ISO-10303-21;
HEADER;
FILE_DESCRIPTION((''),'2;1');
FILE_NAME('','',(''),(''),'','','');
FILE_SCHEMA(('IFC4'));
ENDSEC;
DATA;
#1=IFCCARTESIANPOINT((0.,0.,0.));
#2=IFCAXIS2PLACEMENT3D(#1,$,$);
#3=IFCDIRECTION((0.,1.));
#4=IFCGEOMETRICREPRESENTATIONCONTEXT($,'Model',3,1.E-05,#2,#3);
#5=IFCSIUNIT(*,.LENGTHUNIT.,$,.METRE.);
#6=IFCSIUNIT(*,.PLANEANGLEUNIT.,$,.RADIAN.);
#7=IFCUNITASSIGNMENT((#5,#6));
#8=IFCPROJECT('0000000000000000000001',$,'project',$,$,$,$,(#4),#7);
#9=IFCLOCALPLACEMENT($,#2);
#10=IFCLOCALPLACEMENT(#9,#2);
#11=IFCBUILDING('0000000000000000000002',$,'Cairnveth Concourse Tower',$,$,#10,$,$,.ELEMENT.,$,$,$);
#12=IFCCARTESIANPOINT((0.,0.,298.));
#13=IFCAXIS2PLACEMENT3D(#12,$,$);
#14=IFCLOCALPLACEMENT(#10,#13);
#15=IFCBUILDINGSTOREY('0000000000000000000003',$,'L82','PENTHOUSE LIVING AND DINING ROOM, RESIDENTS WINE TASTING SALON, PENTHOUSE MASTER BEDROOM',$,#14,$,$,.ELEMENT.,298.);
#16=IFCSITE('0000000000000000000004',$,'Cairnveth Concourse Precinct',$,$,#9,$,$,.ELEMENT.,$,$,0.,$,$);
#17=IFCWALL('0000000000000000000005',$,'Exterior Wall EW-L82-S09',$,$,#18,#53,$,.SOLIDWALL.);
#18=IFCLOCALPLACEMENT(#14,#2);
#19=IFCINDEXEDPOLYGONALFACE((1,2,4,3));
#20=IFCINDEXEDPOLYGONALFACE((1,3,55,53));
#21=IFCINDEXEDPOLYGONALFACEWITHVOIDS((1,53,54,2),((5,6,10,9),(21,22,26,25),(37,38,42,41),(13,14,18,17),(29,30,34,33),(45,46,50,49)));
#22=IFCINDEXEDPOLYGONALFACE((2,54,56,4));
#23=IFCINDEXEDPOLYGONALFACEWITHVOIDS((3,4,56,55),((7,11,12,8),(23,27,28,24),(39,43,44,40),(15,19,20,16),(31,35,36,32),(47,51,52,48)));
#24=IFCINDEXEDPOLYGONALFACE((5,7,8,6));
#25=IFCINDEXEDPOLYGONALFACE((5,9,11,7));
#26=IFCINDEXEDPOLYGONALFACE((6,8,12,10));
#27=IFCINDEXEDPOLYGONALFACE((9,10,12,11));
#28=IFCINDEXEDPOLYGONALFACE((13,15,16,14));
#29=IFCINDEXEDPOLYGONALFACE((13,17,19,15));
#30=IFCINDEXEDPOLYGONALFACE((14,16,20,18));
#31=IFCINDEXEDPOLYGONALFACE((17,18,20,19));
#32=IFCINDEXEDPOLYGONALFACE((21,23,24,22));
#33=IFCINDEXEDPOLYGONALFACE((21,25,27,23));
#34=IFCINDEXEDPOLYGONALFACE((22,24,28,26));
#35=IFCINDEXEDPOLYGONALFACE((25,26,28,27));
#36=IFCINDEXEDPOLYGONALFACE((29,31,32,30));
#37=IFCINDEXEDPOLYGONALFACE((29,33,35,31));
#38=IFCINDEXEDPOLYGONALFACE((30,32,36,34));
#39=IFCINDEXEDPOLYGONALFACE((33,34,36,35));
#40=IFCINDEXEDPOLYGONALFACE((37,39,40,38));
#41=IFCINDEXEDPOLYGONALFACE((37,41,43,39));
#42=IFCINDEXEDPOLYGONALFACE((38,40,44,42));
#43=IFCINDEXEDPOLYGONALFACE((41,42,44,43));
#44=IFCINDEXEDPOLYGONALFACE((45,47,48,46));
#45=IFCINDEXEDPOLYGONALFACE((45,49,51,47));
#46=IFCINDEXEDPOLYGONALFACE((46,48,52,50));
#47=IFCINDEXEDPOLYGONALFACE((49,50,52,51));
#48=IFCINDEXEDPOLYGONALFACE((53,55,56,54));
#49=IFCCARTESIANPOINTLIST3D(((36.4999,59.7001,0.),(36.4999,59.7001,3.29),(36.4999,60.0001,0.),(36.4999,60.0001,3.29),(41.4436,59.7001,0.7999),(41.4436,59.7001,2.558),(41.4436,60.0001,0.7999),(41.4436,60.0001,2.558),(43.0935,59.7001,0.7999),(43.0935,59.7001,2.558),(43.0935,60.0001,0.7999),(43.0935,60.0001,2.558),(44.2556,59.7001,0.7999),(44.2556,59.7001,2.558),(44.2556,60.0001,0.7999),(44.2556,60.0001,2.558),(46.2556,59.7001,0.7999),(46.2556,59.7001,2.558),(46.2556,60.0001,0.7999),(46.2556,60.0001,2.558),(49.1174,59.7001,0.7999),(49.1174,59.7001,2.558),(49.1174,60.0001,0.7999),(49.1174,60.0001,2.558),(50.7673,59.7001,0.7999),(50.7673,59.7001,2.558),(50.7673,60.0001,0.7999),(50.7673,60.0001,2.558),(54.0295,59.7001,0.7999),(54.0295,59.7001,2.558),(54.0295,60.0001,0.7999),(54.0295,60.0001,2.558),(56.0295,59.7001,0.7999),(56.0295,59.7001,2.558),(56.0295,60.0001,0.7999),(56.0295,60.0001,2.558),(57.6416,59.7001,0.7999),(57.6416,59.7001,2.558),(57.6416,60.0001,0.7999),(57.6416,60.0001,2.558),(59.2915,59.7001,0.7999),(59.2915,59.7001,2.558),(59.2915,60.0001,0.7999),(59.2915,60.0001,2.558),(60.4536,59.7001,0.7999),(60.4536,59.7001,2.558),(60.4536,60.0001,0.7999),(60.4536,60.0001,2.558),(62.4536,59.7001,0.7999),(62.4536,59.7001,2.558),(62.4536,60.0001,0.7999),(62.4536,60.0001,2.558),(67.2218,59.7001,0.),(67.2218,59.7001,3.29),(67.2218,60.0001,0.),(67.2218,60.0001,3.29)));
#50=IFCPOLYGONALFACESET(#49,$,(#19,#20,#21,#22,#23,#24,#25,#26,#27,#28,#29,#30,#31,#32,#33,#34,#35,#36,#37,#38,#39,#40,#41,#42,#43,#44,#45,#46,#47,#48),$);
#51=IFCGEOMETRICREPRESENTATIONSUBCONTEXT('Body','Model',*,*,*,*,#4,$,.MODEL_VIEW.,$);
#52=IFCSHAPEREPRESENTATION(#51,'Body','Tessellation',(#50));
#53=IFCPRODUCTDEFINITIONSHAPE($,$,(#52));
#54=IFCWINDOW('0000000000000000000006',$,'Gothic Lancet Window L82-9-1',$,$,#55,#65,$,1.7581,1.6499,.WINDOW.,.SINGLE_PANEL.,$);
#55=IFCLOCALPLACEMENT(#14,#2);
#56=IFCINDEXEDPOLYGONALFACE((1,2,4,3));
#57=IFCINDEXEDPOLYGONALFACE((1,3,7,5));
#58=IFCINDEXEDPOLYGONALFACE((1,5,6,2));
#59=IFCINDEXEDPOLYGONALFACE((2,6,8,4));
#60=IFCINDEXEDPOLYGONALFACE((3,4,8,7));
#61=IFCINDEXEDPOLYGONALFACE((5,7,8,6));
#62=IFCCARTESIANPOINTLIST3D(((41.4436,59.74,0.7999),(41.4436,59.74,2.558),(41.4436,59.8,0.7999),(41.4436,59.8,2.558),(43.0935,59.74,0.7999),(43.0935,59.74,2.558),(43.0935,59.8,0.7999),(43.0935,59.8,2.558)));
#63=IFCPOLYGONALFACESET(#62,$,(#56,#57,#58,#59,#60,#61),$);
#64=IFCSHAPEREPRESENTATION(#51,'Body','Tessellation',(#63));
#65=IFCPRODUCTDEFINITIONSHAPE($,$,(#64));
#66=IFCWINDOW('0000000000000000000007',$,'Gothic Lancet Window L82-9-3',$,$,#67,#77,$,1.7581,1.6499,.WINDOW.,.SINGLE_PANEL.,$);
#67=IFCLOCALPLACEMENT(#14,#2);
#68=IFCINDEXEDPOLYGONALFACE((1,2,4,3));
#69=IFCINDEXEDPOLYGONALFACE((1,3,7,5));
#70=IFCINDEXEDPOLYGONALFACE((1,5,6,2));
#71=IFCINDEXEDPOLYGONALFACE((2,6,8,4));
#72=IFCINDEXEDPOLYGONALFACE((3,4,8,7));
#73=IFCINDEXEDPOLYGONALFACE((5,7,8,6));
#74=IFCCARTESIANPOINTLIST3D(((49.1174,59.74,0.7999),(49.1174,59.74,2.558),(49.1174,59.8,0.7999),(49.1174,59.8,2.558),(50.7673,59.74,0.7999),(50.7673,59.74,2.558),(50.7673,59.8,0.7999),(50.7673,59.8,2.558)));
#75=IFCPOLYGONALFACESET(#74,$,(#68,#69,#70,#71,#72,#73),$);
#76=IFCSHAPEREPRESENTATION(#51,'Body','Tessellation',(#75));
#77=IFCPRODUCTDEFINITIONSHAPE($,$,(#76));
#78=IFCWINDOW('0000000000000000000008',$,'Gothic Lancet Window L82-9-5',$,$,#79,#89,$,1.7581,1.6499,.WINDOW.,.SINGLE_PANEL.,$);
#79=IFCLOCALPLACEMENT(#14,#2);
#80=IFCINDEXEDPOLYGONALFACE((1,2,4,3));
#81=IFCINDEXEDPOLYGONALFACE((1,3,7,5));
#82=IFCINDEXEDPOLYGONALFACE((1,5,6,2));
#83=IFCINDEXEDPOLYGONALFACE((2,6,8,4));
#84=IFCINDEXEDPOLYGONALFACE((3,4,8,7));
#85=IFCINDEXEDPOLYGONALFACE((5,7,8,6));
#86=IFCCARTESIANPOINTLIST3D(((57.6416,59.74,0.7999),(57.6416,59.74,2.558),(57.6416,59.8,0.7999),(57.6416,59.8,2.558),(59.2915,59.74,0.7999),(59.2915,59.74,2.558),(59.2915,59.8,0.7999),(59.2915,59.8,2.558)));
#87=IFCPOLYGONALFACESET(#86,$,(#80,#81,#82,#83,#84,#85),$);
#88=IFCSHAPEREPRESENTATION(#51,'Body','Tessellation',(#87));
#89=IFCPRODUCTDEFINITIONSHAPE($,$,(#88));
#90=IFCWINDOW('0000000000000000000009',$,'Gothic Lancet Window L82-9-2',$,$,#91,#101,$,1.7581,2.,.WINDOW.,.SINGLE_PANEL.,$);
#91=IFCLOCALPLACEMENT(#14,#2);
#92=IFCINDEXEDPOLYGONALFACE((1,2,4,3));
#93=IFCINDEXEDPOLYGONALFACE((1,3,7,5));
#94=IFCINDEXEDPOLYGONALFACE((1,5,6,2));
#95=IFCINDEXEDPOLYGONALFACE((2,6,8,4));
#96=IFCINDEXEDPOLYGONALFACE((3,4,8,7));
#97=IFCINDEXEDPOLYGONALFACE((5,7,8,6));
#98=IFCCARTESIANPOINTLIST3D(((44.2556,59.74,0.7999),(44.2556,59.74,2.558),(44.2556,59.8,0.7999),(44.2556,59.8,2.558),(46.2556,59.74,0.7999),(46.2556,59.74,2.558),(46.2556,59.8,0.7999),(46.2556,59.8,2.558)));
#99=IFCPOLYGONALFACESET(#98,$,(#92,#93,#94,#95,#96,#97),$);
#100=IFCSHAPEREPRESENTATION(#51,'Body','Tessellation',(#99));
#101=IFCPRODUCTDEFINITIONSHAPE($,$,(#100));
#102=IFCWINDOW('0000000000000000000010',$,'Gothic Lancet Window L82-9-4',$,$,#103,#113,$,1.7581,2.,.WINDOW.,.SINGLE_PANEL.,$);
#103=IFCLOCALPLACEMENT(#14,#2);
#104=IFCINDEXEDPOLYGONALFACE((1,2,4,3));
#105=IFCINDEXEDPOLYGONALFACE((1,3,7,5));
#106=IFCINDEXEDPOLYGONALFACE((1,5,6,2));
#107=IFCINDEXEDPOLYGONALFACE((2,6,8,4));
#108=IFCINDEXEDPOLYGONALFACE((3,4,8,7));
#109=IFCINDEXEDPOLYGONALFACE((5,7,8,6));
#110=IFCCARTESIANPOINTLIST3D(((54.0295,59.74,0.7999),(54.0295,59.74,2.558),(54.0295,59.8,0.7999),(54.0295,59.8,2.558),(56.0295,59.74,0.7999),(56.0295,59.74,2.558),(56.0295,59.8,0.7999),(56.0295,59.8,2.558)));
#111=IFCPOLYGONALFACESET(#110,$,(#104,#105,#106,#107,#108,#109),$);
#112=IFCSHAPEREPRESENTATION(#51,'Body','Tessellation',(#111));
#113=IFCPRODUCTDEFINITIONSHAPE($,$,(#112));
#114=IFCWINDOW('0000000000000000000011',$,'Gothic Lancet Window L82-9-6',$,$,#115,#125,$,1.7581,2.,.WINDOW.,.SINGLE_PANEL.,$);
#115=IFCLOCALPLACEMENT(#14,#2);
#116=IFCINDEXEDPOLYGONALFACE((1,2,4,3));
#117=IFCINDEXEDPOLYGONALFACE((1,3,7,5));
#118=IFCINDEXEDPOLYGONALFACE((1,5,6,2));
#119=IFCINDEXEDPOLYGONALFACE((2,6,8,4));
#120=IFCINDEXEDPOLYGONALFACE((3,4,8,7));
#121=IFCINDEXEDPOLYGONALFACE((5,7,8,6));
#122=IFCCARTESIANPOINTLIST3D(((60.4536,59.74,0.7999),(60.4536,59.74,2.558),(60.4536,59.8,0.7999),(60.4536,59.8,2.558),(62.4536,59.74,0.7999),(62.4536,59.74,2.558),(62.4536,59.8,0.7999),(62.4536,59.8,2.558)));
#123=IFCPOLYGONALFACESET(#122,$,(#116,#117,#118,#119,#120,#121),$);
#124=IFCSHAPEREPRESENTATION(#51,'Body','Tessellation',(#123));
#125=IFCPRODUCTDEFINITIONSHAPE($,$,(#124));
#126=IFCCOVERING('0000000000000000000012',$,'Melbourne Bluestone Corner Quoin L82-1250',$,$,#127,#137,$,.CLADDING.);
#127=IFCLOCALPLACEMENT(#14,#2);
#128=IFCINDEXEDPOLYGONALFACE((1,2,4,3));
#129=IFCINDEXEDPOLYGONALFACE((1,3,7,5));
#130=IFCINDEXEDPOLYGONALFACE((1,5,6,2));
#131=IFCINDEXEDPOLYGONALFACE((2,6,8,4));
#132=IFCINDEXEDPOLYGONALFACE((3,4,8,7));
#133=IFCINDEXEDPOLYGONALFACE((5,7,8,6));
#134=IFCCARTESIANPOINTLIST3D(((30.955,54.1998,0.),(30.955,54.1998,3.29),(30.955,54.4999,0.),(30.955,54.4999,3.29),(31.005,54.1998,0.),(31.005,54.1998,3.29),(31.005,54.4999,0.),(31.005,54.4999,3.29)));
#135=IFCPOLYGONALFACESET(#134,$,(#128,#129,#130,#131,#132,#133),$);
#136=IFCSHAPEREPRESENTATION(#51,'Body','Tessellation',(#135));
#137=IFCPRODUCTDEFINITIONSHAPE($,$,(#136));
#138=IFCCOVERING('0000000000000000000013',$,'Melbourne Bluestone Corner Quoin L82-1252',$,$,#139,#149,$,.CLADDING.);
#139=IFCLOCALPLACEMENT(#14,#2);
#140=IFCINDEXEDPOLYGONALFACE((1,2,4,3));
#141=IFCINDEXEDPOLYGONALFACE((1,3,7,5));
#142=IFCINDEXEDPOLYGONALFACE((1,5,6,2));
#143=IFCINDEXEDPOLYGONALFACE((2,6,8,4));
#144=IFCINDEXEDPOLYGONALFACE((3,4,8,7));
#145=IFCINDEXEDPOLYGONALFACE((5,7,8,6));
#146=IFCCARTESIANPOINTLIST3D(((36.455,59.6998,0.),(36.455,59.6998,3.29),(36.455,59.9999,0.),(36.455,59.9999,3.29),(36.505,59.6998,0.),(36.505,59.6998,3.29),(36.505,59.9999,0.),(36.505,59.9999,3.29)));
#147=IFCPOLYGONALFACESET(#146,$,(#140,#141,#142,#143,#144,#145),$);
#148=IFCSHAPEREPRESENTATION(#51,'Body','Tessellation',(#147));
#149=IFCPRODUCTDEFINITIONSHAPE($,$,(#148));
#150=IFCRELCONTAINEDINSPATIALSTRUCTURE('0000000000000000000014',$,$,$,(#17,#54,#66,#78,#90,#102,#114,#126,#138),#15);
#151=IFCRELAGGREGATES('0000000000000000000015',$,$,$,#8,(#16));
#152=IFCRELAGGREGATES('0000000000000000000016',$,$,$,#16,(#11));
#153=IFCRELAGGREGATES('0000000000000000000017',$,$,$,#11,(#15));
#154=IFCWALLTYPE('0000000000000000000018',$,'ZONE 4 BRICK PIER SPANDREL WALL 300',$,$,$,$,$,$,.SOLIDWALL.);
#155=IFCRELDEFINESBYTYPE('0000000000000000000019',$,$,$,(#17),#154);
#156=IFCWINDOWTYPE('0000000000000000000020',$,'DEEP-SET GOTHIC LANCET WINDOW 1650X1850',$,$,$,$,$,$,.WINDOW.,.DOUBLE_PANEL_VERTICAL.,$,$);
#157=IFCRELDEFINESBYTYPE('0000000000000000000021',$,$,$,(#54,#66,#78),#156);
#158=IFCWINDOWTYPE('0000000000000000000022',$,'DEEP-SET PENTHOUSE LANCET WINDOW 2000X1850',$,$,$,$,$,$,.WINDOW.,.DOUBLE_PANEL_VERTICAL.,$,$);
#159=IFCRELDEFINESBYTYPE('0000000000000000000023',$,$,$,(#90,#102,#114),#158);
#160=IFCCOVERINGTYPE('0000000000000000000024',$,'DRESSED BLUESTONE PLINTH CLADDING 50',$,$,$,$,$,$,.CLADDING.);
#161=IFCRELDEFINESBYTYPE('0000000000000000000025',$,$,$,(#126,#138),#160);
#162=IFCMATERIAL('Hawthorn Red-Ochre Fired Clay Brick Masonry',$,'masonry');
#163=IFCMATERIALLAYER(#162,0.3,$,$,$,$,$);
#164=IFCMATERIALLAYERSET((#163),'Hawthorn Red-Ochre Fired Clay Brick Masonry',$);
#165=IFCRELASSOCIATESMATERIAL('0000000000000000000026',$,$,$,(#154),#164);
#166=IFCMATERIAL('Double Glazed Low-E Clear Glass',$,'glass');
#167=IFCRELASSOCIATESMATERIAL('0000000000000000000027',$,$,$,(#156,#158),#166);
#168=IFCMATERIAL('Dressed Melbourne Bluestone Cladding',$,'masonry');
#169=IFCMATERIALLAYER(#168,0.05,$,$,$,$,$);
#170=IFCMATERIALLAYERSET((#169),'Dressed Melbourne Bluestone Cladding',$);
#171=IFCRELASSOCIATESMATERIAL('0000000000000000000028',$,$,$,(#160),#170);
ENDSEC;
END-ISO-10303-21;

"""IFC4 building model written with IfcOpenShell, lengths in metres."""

from ifc_helpers import new_model, si_unit, direction, frame, frame_2d, origin, place, context, subcontext, project, spatial, rectangle, extrude, material, layer, layer_set, type_object, element, fill, save


model = new_model("IFC4")

# Units and contexts
model_context = context("Model", 3, precision=1e-05, world=origin(), true_north=direction((0.0, 1.0)))
body_context = subcontext(model_context, "Body", "Model", "MODEL_VIEW")
ifc_project = project(units=[si_unit("LENGTHUNIT", "METRE"), si_unit("PLANEANGLEUNIT", "RADIAN")], contexts=[model_context])

# Site, building, storey
site_placement = place(None, origin())
site = spatial("IfcSite", under=ifc_project, at=site_placement, Name="Cairnveth Concourse Precinct", CompositionType="ELEMENT", RefElevation=0.0)
building_placement = place(site_placement, origin())
building = spatial("IfcBuilding", under=site, at=building_placement, Name="Cairnveth Concourse Tower", CompositionType="ELEMENT")
storey_placement = place(building_placement, frame((0.0, 0.0, 298.0)))
storey = spatial("IfcBuildingStorey", under=building, at=storey_placement, Name="L82", Description="PENTHOUSE LIVING AND DINING ROOM, RESIDENTS WINE TASTING SALON, PENTHOUSE MASTER BEDROOM", CompositionType="ELEMENT", Elevation=298.0)

# Shared definitions
ifc_material_1 = material(Name="Hawthorn Red-Ochre Fired Clay Brick Masonry", Category="masonry")
ifc_layer_1 = layer(ifc_material_1, 0.3)
ifc_layer_set_1 = layer_set([ifc_layer_1], Name="Hawthorn Red-Ochre Fired Clay Brick Masonry")
wall_type_1 = type_object("IfcWallType", Name="ZONE 4 BRICK PIER SPANDREL WALL 300", PredefinedType="SOLIDWALL", material=ifc_layer_set_1)

# Wall, openings, windows
wall_1_placement = place(storey_placement, frame((36.5, 59.8501, 0.0), z_axis=(0.0, 0.0, 1.0), x_axis=(1.0, 0.0, 0.0)))
wall_1 = element("IfcWall", 1, at=wall_1_placement, inside=storey, type_object=wall_type_1, Name="Exterior Wall EW-L82-S09", PredefinedType="SOLIDWALL", context=body_context, shape_type="SweptSolid", body=[
    extrude(rectangle(XDim=30.7219, YDim=0.3, at=frame_2d((15.3608, 0.0))), origin(), (0.0, 0.0, 1.0), 3.29),
])
opening_1_placement = place(wall_1_placement, frame((4.9436, 0.0, 0.8)))
opening_1 = element("IfcOpeningElement", 2, at=opening_1_placement, cuts=wall_1, PredefinedType="OPENING", context=body_context, shape_type="SweptSolid", body=[
    extrude(rectangle(XDim=1.6499, YDim=1.7581, at=frame_2d((0.825, 0.8789))), frame((0.0, 0.1599, 0.0), z_axis=(0.0, -1.0, 0.0), x_axis=(1.0, 0.0, 0.0)), (0.0, 0.0, 1.0), 0.3201),
])
opening_2_placement = place(wall_1_placement, frame((7.7556, 0.0, 0.8)))
opening_2 = element("IfcOpeningElement", 3, at=opening_2_placement, cuts=wall_1, PredefinedType="OPENING", context=body_context, shape_type="SweptSolid", body=[
    extrude(rectangle(XDim=2.0, YDim=1.7581, at=frame_2d((1.0, 0.8789))), frame((0.0, 0.1599, 0.0), z_axis=(0.0, -1.0, 0.0), x_axis=(1.0, 0.0, 0.0)), (0.0, 0.0, 1.0), 0.3201),
])
opening_3_placement = place(wall_1_placement, frame((12.6174, 0.0, 0.8)))
opening_3 = element("IfcOpeningElement", 4, at=opening_3_placement, cuts=wall_1, PredefinedType="OPENING", context=body_context, shape_type="SweptSolid", body=[
    extrude(rectangle(XDim=1.6499, YDim=1.7581, at=frame_2d((0.825, 0.8789))), frame((0.0, 0.1599, 0.0), z_axis=(0.0, -1.0, 0.0), x_axis=(1.0, 0.0, 0.0)), (0.0, 0.0, 1.0), 0.3201),
])
opening_4_placement = place(wall_1_placement, frame((17.5295, 0.0, 0.8)))
opening_4 = element("IfcOpeningElement", 5, at=opening_4_placement, cuts=wall_1, PredefinedType="OPENING", context=body_context, shape_type="SweptSolid", body=[
    extrude(rectangle(XDim=2.0, YDim=1.7581, at=frame_2d((1.0, 0.8789))), frame((0.0, 0.1599, 0.0), z_axis=(0.0, -1.0, 0.0), x_axis=(1.0, 0.0, 0.0)), (0.0, 0.0, 1.0), 0.3201),
])
opening_5_placement = place(wall_1_placement, frame((21.1416, 0.0, 0.8)))
opening_5 = element("IfcOpeningElement", 6, at=opening_5_placement, cuts=wall_1, PredefinedType="OPENING", context=body_context, shape_type="SweptSolid", body=[
    extrude(rectangle(XDim=1.6499, YDim=1.7581, at=frame_2d((0.825, 0.8789))), frame((0.0, 0.1599, 0.0), z_axis=(0.0, -1.0, 0.0), x_axis=(1.0, 0.0, 0.0)), (0.0, 0.0, 1.0), 0.3201),
])
opening_6_placement = place(wall_1_placement, frame((23.9536, 0.0, 0.8)))
opening_6 = element("IfcOpeningElement", 7, at=opening_6_placement, cuts=wall_1, PredefinedType="OPENING", context=body_context, shape_type="SweptSolid", body=[
    extrude(rectangle(XDim=2.0, YDim=1.7581, at=frame_2d((1.0, 0.8789))), frame((0.0, 0.1599, 0.0), z_axis=(0.0, -1.0, 0.0), x_axis=(1.0, 0.0, 0.0)), (0.0, 0.0, 1.0), 0.3201),
])
ifc_material_2 = material(Name="Double Glazed Low-E Clear Glass", Category="glass")
window_type_1 = type_object("IfcWindowType", Name="DEEP-SET GOTHIC LANCET WINDOW 1650X1850", PartitioningType="DOUBLE_PANEL_VERTICAL", PredefinedType="WINDOW", material=ifc_material_2)
window_1_placement = place(opening_1_placement, origin())
window_1 = element("IfcWindow", 8, at=window_1_placement, inside=storey, type_object=window_type_1, Name="Gothic Lancet Window L82-9-1", OverallHeight=1.7581, OverallWidth=1.6499, PartitioningType="SINGLE_PANEL", PredefinedType="WINDOW", context=body_context, shape_type="SweptSolid", body=[
    extrude(rectangle(XDim=1.6499, YDim=1.7581, at=frame_2d((0.825, 0.8789))), frame((0.0, -0.05, 0.0), z_axis=(0.0, -1.0, 0.0), x_axis=(1.0, 0.0, 0.0)), (0.0, 0.0, 1.0), 0.0601),
])
fill(opening_1, window_1)
window_2_placement = place(opening_3_placement, origin())
window_2 = element("IfcWindow", 9, at=window_2_placement, inside=storey, type_object=window_type_1, Name="Gothic Lancet Window L82-9-3", OverallHeight=1.7581, OverallWidth=1.6499, PartitioningType="SINGLE_PANEL", PredefinedType="WINDOW", context=body_context, shape_type="SweptSolid", body=[
    extrude(rectangle(XDim=1.6499, YDim=1.7581, at=frame_2d((0.825, 0.8789))), frame((0.0, -0.05, 0.0), z_axis=(0.0, -1.0, 0.0), x_axis=(1.0, 0.0, 0.0)), (0.0, 0.0, 1.0), 0.0601),
])
fill(opening_3, window_2)
window_3_placement = place(opening_5_placement, origin())
window_3 = element("IfcWindow", 10, at=window_3_placement, inside=storey, type_object=window_type_1, Name="Gothic Lancet Window L82-9-5", OverallHeight=1.7581, OverallWidth=1.6499, PartitioningType="SINGLE_PANEL", PredefinedType="WINDOW", context=body_context, shape_type="SweptSolid", body=[
    extrude(rectangle(XDim=1.6499, YDim=1.7581, at=frame_2d((0.825, 0.8789))), frame((0.0, -0.05, 0.0), z_axis=(0.0, -1.0, 0.0), x_axis=(1.0, 0.0, 0.0)), (0.0, 0.0, 1.0), 0.0601),
])
fill(opening_5, window_3)
window_type_2 = type_object("IfcWindowType", Name="DEEP-SET PENTHOUSE LANCET WINDOW 2000X1850", PartitioningType="DOUBLE_PANEL_VERTICAL", PredefinedType="WINDOW", material=ifc_material_2)
window_4_placement = place(opening_2_placement, origin())
window_4 = element("IfcWindow", 11, at=window_4_placement, inside=storey, type_object=window_type_2, Name="Gothic Lancet Window L82-9-2", OverallHeight=1.7581, OverallWidth=2.0, PartitioningType="SINGLE_PANEL", PredefinedType="WINDOW", context=body_context, shape_type="SweptSolid", body=[
    extrude(rectangle(XDim=2.0, YDim=1.7581, at=frame_2d((1.0, 0.8789))), frame((0.0, -0.05, 0.0), z_axis=(0.0, -1.0, 0.0), x_axis=(1.0, 0.0, 0.0)), (0.0, 0.0, 1.0), 0.0601),
])
fill(opening_2, window_4)
window_5_placement = place(opening_4_placement, origin())
window_5 = element("IfcWindow", 12, at=window_5_placement, inside=storey, type_object=window_type_2, Name="Gothic Lancet Window L82-9-4", OverallHeight=1.7581, OverallWidth=2.0, PartitioningType="SINGLE_PANEL", PredefinedType="WINDOW", context=body_context, shape_type="SweptSolid", body=[
    extrude(rectangle(XDim=2.0, YDim=1.7581, at=frame_2d((1.0, 0.8789))), frame((0.0, -0.05, 0.0), z_axis=(0.0, -1.0, 0.0), x_axis=(1.0, 0.0, 0.0)), (0.0, 0.0, 1.0), 0.0601),
])
fill(opening_4, window_5)
window_6_placement = place(opening_6_placement, origin())
window_6 = element("IfcWindow", 13, at=window_6_placement, inside=storey, type_object=window_type_2, Name="Gothic Lancet Window L82-9-6", OverallHeight=1.7581, OverallWidth=2.0, PartitioningType="SINGLE_PANEL", PredefinedType="WINDOW", context=body_context, shape_type="SweptSolid", body=[
    extrude(rectangle(XDim=2.0, YDim=1.7581, at=frame_2d((1.0, 0.8789))), frame((0.0, -0.05, 0.0), z_axis=(0.0, -1.0, 0.0), x_axis=(1.0, 0.0, 0.0)), (0.0, 0.0, 1.0), 0.0601),
])
fill(opening_6, window_6)

# Coverings
ifc_material_3 = material(Name="Dressed Melbourne Bluestone Cladding", Category="masonry")
ifc_layer_2 = layer(ifc_material_3, 0.05)
ifc_layer_set_2 = layer_set([ifc_layer_2], Name="Dressed Melbourne Bluestone Cladding")
covering_type = type_object("IfcCoveringType", Name="DRESSED BLUESTONE PLINTH CLADDING 50", PredefinedType="CLADDING", material=ifc_layer_set_2)
for number, where, z_axis, x_axis, name in (
    (14, (30.98, 54.2, 0.0), (0.0, 0.0, 1.0), (0.0, 1.0, 0.0), "Melbourne Bluestone Corner Quoin L82-1250"),
    (15, (36.48, 59.7, 0.0), (0.0, 0.0, 1.0), (0.0, 1.0, 0.0), "Melbourne Bluestone Corner Quoin L82-1252"),
):
    element("IfcCovering", number, at=place(storey_placement, frame(where, z_axis=z_axis, x_axis=x_axis)), inside=storey, type_object=covering_type, Name=name, PredefinedType="CLADDING", context=body_context, shape_type="SweptSolid", body=[
        extrude(rectangle(XDim=0.3, YDim=0.05, at=frame_2d((0.1499, 0.0))), origin(), (0.0, 0.0, 1.0), 3.29),
    ])

save(model, "model.ifc")
